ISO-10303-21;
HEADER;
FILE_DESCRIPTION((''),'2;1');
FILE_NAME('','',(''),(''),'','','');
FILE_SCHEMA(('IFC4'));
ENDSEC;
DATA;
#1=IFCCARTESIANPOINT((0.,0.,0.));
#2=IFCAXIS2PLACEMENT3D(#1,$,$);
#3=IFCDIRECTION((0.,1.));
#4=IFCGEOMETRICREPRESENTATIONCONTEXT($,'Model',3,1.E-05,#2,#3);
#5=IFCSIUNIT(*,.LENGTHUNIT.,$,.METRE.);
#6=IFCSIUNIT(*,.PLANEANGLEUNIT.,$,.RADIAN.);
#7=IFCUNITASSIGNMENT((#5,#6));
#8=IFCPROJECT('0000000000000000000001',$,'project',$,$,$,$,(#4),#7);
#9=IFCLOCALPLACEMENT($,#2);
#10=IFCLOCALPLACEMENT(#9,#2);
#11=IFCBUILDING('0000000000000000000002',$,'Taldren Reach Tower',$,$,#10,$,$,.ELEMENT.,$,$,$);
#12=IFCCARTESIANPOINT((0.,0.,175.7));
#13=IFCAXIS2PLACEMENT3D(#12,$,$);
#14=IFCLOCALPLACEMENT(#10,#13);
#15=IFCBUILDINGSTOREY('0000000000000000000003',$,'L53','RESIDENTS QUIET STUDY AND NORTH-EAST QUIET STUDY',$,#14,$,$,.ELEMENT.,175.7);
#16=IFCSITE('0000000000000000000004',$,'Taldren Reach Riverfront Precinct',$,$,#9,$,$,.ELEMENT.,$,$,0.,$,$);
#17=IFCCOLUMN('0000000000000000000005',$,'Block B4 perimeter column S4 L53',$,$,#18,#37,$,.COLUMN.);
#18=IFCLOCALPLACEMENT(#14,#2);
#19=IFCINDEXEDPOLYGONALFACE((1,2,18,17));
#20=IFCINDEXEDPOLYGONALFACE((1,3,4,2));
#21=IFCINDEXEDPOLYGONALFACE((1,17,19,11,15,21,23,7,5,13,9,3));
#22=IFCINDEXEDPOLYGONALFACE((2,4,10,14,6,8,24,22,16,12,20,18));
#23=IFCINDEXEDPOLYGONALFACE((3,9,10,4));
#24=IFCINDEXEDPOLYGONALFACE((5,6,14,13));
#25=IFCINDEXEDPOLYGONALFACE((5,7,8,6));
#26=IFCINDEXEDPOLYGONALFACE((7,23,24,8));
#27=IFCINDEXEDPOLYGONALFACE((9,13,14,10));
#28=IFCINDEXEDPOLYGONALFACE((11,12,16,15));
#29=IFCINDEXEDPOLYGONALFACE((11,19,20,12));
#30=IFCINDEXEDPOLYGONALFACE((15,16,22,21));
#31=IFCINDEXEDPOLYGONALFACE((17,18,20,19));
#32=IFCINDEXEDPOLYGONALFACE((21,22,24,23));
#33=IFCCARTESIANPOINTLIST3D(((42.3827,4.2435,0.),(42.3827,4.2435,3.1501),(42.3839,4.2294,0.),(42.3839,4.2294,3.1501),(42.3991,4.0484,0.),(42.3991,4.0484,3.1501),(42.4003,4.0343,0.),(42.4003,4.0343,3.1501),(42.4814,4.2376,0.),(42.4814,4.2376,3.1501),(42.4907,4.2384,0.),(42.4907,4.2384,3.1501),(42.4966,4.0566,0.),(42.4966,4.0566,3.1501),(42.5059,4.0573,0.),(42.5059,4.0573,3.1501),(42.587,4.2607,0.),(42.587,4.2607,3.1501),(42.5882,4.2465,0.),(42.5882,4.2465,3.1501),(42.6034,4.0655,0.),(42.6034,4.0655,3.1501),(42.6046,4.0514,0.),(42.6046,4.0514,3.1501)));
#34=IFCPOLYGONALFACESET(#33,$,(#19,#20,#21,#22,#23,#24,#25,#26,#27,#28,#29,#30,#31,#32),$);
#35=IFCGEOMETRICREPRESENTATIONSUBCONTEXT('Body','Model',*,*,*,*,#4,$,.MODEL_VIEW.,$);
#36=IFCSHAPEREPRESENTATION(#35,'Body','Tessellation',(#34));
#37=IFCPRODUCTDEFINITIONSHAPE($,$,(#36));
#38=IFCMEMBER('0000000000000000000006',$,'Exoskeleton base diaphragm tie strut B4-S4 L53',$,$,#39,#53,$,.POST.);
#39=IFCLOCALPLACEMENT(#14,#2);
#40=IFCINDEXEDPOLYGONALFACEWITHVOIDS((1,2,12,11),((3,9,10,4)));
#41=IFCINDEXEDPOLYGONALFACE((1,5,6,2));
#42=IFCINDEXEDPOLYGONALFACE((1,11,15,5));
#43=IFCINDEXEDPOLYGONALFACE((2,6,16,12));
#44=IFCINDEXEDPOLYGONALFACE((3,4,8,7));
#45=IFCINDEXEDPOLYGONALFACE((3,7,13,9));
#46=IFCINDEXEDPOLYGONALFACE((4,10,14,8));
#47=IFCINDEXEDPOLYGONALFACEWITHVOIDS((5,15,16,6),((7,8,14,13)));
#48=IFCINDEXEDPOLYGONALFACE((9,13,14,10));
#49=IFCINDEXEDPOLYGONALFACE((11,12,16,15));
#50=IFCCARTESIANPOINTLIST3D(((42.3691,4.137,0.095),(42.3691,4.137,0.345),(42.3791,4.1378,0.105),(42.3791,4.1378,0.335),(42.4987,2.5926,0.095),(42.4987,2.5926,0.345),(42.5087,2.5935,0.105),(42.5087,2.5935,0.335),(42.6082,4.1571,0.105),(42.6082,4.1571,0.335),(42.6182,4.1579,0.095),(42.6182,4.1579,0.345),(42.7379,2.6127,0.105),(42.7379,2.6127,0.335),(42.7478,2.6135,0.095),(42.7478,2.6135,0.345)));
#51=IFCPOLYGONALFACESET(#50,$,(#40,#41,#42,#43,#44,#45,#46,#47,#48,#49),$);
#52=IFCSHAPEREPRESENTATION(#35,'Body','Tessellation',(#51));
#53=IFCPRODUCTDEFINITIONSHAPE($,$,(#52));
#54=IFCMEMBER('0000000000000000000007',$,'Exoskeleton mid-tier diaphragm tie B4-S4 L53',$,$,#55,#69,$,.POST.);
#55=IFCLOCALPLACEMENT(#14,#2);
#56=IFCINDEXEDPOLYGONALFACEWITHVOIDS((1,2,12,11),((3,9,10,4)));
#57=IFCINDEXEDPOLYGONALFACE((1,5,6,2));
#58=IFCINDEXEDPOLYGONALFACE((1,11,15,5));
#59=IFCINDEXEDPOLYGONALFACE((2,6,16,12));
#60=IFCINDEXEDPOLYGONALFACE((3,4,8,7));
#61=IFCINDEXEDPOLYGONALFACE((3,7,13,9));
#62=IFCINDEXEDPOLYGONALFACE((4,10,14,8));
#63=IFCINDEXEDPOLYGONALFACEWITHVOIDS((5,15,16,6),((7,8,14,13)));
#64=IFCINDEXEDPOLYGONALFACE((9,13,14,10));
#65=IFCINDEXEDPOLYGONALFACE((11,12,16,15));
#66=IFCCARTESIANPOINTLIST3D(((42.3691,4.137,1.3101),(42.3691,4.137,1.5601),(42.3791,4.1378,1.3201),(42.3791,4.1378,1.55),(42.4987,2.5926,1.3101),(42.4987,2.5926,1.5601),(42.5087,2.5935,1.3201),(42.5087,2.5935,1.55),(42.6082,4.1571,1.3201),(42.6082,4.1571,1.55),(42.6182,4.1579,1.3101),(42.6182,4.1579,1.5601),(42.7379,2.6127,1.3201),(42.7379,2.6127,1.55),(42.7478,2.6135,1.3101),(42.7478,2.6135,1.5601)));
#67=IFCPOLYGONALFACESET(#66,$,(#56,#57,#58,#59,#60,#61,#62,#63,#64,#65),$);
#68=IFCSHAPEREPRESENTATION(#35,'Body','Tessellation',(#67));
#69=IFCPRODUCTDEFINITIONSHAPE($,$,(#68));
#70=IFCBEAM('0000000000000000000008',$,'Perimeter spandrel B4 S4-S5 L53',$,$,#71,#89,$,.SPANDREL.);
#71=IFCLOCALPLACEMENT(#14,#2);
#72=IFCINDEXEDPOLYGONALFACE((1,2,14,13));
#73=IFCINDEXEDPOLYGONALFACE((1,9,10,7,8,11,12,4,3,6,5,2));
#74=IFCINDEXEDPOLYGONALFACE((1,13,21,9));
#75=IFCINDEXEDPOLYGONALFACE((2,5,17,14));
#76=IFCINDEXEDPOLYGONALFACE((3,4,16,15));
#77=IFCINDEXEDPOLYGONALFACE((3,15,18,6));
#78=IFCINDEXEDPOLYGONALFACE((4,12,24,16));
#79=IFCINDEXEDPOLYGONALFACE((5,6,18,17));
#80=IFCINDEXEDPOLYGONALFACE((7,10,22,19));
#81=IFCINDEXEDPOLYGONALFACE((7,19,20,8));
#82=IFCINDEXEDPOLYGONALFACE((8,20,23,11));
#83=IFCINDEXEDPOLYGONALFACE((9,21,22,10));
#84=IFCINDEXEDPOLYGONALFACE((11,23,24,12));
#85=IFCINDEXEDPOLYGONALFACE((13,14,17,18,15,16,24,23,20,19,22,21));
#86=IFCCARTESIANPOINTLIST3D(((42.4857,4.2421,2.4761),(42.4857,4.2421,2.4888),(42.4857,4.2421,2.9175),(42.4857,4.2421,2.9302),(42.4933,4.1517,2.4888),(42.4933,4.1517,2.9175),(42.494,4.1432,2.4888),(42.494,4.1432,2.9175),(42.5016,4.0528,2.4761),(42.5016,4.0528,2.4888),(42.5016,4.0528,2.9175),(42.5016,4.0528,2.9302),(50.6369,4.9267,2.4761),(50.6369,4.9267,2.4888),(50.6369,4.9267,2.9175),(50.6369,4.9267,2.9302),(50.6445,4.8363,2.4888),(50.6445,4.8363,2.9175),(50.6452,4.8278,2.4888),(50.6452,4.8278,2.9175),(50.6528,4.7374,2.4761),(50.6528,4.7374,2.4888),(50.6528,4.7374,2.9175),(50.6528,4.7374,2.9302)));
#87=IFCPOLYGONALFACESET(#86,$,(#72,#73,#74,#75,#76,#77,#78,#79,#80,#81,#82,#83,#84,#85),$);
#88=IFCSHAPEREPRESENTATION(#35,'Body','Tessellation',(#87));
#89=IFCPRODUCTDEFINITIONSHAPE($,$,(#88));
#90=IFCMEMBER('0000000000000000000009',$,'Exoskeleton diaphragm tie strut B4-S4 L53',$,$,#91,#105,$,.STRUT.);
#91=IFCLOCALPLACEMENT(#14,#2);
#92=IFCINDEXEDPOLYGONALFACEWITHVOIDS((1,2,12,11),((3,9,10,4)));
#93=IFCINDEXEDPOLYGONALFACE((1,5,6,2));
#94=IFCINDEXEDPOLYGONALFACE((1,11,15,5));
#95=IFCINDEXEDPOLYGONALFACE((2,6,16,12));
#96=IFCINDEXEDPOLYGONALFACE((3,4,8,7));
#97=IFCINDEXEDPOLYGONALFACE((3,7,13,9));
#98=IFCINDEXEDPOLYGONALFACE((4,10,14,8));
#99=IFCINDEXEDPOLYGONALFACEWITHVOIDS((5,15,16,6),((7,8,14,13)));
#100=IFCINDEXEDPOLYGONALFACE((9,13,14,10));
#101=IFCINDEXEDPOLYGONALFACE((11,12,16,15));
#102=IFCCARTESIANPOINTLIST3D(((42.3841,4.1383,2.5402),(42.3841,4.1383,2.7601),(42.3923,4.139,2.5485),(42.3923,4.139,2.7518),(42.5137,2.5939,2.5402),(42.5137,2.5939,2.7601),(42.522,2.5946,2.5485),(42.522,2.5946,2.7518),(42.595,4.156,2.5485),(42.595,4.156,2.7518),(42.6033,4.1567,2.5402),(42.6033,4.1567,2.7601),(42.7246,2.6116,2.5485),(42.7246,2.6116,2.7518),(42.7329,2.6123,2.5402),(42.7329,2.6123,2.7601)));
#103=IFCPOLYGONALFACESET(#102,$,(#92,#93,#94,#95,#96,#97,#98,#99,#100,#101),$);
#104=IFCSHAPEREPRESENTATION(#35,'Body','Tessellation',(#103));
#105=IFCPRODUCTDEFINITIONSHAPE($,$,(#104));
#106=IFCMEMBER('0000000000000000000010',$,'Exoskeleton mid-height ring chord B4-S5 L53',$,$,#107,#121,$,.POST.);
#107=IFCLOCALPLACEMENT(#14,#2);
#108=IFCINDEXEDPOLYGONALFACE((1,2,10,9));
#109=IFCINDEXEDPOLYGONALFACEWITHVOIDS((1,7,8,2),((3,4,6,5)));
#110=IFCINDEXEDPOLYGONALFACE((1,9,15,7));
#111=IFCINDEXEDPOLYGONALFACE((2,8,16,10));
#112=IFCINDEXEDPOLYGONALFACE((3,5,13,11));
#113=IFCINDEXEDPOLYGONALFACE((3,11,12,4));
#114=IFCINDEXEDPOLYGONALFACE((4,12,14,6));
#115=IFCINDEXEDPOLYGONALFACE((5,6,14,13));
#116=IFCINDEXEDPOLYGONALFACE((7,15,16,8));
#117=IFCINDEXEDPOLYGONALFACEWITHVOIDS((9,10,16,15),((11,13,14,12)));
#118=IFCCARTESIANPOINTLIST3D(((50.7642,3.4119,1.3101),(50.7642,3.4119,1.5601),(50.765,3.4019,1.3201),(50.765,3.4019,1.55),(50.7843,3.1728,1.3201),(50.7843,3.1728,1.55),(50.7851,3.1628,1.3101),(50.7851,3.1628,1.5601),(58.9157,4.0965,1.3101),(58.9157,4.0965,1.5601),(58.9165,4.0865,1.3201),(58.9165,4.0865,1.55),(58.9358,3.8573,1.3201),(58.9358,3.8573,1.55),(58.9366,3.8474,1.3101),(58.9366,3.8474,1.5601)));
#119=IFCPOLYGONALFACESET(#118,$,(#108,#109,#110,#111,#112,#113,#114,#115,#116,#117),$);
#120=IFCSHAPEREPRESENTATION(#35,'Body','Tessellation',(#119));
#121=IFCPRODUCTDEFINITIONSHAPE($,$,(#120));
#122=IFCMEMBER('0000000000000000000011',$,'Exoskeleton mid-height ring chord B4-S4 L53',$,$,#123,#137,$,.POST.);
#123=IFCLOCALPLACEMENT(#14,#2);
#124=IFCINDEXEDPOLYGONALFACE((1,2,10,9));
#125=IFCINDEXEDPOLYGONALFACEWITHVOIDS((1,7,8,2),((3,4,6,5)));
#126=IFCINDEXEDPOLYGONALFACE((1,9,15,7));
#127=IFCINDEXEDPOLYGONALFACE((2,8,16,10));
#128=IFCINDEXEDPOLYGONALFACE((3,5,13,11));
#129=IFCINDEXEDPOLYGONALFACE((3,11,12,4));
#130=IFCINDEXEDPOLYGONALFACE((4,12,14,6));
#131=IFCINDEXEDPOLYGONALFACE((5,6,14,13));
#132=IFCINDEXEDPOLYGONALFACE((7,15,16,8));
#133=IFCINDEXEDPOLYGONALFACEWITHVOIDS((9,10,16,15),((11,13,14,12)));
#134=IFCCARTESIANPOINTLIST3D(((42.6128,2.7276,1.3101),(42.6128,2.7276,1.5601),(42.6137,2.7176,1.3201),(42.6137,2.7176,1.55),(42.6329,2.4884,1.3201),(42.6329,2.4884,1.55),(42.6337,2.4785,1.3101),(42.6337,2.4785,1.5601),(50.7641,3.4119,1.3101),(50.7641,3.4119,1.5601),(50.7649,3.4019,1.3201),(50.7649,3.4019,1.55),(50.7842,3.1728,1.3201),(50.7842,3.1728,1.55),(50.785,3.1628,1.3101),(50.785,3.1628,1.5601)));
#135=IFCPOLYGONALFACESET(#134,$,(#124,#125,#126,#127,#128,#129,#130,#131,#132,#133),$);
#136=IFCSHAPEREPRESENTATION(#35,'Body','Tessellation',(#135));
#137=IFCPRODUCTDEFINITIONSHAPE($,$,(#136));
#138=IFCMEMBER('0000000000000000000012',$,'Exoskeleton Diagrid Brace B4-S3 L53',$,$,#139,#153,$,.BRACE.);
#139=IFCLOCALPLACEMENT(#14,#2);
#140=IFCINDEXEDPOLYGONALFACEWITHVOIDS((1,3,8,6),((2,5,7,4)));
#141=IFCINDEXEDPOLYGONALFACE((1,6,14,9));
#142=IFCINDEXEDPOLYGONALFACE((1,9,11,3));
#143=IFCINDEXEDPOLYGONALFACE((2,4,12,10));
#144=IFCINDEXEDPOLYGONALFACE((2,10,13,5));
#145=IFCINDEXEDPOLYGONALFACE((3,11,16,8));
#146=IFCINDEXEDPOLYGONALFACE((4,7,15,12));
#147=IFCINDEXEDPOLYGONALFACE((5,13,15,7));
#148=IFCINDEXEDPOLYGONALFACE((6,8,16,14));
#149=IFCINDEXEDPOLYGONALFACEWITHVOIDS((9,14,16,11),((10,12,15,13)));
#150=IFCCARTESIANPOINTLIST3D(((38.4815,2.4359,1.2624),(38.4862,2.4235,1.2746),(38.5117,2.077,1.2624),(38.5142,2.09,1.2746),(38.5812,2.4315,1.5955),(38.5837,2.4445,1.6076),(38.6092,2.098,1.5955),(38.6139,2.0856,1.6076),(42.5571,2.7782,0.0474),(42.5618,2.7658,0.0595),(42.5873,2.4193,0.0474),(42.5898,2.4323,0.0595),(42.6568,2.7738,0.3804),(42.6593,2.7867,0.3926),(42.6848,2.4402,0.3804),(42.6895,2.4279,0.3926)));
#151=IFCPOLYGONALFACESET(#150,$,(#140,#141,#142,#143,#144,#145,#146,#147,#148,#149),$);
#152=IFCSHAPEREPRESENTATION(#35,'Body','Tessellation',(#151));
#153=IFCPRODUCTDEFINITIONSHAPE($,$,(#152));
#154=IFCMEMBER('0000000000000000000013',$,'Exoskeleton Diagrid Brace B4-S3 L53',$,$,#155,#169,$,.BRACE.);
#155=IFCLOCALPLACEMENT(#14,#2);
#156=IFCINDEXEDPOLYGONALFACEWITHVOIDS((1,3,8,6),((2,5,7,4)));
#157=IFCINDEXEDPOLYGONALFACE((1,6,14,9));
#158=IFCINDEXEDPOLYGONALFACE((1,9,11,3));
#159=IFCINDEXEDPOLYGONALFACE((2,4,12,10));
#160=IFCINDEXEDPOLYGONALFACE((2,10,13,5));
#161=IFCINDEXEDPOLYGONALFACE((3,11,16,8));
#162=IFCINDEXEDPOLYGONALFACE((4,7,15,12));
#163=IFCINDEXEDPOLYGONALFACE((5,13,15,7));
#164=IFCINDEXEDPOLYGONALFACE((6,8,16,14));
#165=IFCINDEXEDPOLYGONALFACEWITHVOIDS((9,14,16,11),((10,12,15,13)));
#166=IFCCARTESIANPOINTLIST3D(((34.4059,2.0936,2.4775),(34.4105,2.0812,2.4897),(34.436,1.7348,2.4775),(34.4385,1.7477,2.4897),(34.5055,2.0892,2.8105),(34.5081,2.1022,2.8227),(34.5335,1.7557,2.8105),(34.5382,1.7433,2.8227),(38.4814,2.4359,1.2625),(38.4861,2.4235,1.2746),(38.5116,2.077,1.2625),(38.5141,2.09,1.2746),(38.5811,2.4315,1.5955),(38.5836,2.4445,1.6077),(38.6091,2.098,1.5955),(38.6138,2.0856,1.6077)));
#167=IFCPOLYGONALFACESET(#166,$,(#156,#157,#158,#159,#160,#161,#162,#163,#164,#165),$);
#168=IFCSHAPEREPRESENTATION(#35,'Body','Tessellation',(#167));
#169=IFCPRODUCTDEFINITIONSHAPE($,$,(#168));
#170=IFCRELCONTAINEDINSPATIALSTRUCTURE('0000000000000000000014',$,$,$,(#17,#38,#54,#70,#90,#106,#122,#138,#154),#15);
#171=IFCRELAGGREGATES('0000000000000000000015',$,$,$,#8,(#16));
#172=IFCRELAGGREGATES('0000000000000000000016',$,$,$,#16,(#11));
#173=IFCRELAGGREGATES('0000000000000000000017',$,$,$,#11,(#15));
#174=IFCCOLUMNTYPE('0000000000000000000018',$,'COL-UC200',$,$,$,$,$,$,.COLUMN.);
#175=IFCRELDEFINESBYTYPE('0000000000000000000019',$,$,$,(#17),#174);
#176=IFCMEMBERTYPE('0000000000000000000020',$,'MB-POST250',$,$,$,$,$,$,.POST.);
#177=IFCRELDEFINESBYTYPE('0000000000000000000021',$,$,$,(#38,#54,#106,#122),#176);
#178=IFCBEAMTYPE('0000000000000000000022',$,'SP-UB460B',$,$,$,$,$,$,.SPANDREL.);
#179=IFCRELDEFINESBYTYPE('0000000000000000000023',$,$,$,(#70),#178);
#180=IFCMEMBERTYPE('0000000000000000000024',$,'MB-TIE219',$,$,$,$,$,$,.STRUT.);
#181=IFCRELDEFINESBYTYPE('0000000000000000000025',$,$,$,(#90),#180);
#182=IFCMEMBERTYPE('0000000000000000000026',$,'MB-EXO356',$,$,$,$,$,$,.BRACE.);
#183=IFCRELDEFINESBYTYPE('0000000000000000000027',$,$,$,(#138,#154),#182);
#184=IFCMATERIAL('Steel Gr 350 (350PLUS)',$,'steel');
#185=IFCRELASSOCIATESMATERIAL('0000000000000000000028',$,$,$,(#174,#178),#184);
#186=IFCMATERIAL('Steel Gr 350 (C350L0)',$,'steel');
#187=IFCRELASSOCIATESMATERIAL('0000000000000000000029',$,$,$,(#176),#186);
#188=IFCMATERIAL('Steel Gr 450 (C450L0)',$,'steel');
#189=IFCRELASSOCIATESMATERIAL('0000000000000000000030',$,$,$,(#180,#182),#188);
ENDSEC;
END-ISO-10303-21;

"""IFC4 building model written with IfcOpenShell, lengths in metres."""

from ifc_helpers import new_model, si_unit, direction, frame, origin, origin_2d, place, context, subcontext, project, spatial, hollow_rectangle, i_section, extrude, source, transform, mapped, material, material_profile, profile_set, type_object, element, save


model = new_model("IFC4")

# Units and contexts
model_context = context("Model", 3, precision=1e-05, world=origin(), true_north=direction((0.0, 1.0)))
body_context = subcontext(model_context, "Body", "Model", "MODEL_VIEW")
ifc_project = project(units=[si_unit("LENGTHUNIT", "METRE"), si_unit("PLANEANGLEUNIT", "RADIAN")], contexts=[model_context])

# Site, building, storey
site_placement = place(None, origin())
site = spatial("IfcSite", under=ifc_project, at=site_placement, Name="Taldren Reach Riverfront Precinct", CompositionType="ELEMENT", RefElevation=0.0)
building_placement = place(site_placement, origin())
building = spatial("IfcBuilding", under=site, at=building_placement, Name="Taldren Reach Tower", CompositionType="ELEMENT")
storey_placement = place(building_placement, frame((0.0, 0.0, 175.7)))
storey = spatial("IfcBuildingStorey", under=building, at=storey_placement, Name="L53", Description="RESIDENTS QUIET STUDY AND NORTH-EAST QUIET STUDY", CompositionType="ELEMENT", Elevation=175.7)

# Column
ifc_material_1 = material(Name="Steel Gr 350 (350PLUS)", Category="steel")
ifc_material_profile_1 = material_profile(ifc_material_1, i_section(OverallWidth=0.2051, OverallDepth=0.21, WebThickness=0.0093, FlangeThickness=0.0142, at=origin_2d()), Name="200UC59.5")
ifc_profile_set_1 = profile_set([ifc_material_profile_1], Name="Steel Gr 350 (350PLUS)")
column_type = type_object("IfcColumnType", Name="COL-UC200", PredefinedType="COLUMN", material=ifc_profile_set_1)
shared_shape_1 = source(origin(), body_context, "Body", "SweptSolid", [
    extrude(i_section(OverallWidth=0.2051, OverallDepth=0.21, WebThickness=0.0093, FlangeThickness=0.0142, at=origin_2d()), origin(), (0.0, 0.0, 1.0), 3.1501),
])
column_placement = place(storey_placement, frame((42.4937, 4.1475, 0.0), z_axis=(0.0, 0.0, 1.0), x_axis=(0.996493, 0.083678, 0.0)))
element("IfcColumn", 1, at=column_placement, inside=storey, type_object=column_type, Name="Block B4 perimeter column S4 L53", PredefinedType="COLUMN", context=body_context, shape_type="MappedRepresentation", body=[
    mapped(shared_shape_1, transform((0.0, 0.0, 0.0), scale=1.0)),
])

# Members
ifc_material_2 = material(Name="Steel Gr 350 (C350L0)", Category="steel")
ifc_material_profile_2 = material_profile(ifc_material_2, hollow_rectangle(XDim=0.25, YDim=0.25, WallThickness=0.01, at=origin_2d()), Name="250x250x10.0SHS")
ifc_profile_set_2 = profile_set([ifc_material_profile_2], Name="Steel Gr 350 (C350L0)")
member_type_1 = type_object("IfcMemberType", Name="MB-POST250", PredefinedType="POST", material=ifc_profile_set_2)
shared_shape_2 = source(origin(), body_context, "Body", "SweptSolid", [
    extrude(hollow_rectangle(XDim=0.25, YDim=0.25, WallThickness=0.01, at=origin_2d()), origin(), (0.0, 0.0, 1.0), 1.5498),
])
for number, where, z_axis, x_axis, name in (
    (2, (42.4937, 4.1475, 0.22), (0.083645, -0.996496, 0.0), (0.996496, 0.083645, 0.0), "Exoskeleton base diaphragm tie strut B4-S4 L53"),
    (3, (42.4937, 4.1475, 1.4351), (0.083645, -0.996496, 0.0), (0.996496, 0.083645, 0.0), "Exoskeleton mid-tier diaphragm tie B4-S4 L53"),
):
    element("IfcMember", number, at=place(storey_placement, frame(where, z_axis=z_axis, x_axis=x_axis)), inside=storey, type_object=member_type_1, Name=name, PredefinedType="POST", context=body_context, shape_type="MappedRepresentation", body=[
        mapped(shared_shape_2, transform((0.0, 0.0, 0.0), scale=1.0)),
    ])

# Beam
ifc_material_profile_3 = material_profile(ifc_material_1, i_section(OverallWidth=0.1899, OverallDepth=0.4541, WebThickness=0.0085, FlangeThickness=0.0127, at=origin_2d()), Name="460UB67.1")
ifc_profile_set_3 = profile_set([ifc_material_profile_3], Name="Steel Gr 350 (350PLUS)")
beam_type = type_object("IfcBeamType", Name="SP-UB460B", PredefinedType="SPANDREL", material=ifc_profile_set_3)
shared_shape_3 = source(origin(), body_context, "Body", "SweptSolid", [
    extrude(i_section(OverallWidth=0.1899, OverallDepth=0.4541, WebThickness=0.0085, FlangeThickness=0.0127, at=origin_2d()), origin(), (0.0, 0.0, 1.0), 8.1799),
])
beam_placement = place(storey_placement, frame((42.4937, 4.1475, 2.7031), z_axis=(0.996492, 0.08369, 0.0), x_axis=(-0.08369, 0.996492, 0.0)))
element("IfcBeam", 4, at=beam_placement, inside=storey, type_object=beam_type, Name="Perimeter spandrel B4 S4-S5 L53", PredefinedType="SPANDREL", context=body_context, shape_type="MappedRepresentation", body=[
    mapped(shared_shape_3, transform((0.0, 0.0, 0.0), scale=1.0)),
])

# Members
ifc_material_3 = material(Name="Steel Gr 450 (C450L0)", Category="steel")
ifc_material_profile_4 = material_profile(ifc_material_3, hollow_rectangle(XDim=0.22, YDim=0.22, WallThickness=0.0083, at=origin_2d()), Name="220x220x8.2SHS")
ifc_profile_set_4 = profile_set([ifc_material_profile_4], Name="Steel Gr 450 (C450L0)")
member_type_2 = type_object("IfcMemberType", Name="MB-TIE219", PredefinedType="STRUT", material=ifc_profile_set_4)
shared_shape_4 = source(origin(), body_context, "Body", "SweptSolid", [
    extrude(hollow_rectangle(XDim=0.22, YDim=0.22, WallThickness=0.0083, at=origin_2d()), origin(), (0.0, 0.0, 1.0), 1.5498),
])
member_1_placement = place(storey_placement, frame((42.4937, 4.1475, 2.6501), z_axis=(0.083645, -0.996496, 0.0), x_axis=(0.996496, 0.083645, 0.0)))
element("IfcMember", 5, at=member_1_placement, inside=storey, type_object=member_type_2, Name="Exoskeleton diaphragm tie strut B4-S4 L53", PredefinedType="STRUT", context=body_context, shape_type="MappedRepresentation", body=[
    mapped(shared_shape_4, transform((0.0, 0.0, 0.0), scale=1.0)),
])
shared_shape_5 = source(origin(), body_context, "Body", "SweptSolid", [
    extrude(hollow_rectangle(XDim=0.25, YDim=0.25, WallThickness=0.01, at=origin_2d()), origin(), (0.0, 0.0, 1.0), 8.1802),
])
member_2_placement = place(storey_placement, frame((50.7747, 3.2874, 1.4351), z_axis=(0.996492, 0.083688, 0.0), x_axis=(-0.083688, 0.996492, 0.0)))
element("IfcMember", 6, at=member_2_placement, inside=storey, type_object=member_type_1, Name="Exoskeleton mid-height ring chord B4-S5 L53", PredefinedType="POST", context=body_context, shape_type="MappedRepresentation", body=[
    mapped(shared_shape_5, transform((0.0, 0.0, 0.0), scale=1.0)),
])
shared_shape_6 = source(origin(), body_context, "Body", "SweptSolid", [
    extrude(hollow_rectangle(XDim=0.25, YDim=0.25, WallThickness=0.01, at=origin_2d()), origin(), (0.0, 0.0, 1.0), 8.1799),
])
member_3_placement = place(storey_placement, frame((42.6233, 2.603, 1.4351), z_axis=(0.996495, 0.083658, 0.0), x_axis=(-0.083658, 0.996495, 0.0)))
element("IfcMember", 7, at=member_3_placement, inside=storey, type_object=member_type_1, Name="Exoskeleton mid-height ring chord B4-S4 L53", PredefinedType="POST", context=body_context, shape_type="MappedRepresentation", body=[
    mapped(shared_shape_6, transform((0.0, 0.0, 0.0), scale=1.0)),
])
ifc_material_profile_5 = material_profile(ifc_material_3, hollow_rectangle(XDim=0.3601, YDim=0.3601, WallThickness=0.0127, at=origin_2d()), Name="360x360x12.7SHS")
ifc_profile_set_5 = profile_set([ifc_material_profile_5], Name="Steel Gr 450 (C450L0)")
member_type_3 = type_object("IfcMemberType", Name="MB-EXO356", PredefinedType="BRACE", material=ifc_profile_set_5)
shared_shape_7 = source(origin(), body_context, "Body", "SweptSolid", [
    extrude(hollow_rectangle(XDim=0.3601, YDim=0.3601, WallThickness=0.0127, at=origin_2d()), origin(), (0.0, 0.0, 1.0), 4.2666),
])
for number, where, z_axis, x_axis, name in (
    (8, (42.6233, 2.603, 0.22), (-0.955229, -0.080222, 0.284783), (0.083688, -0.996492, 0.0), "Exoskeleton Diagrid Brace B4-S3 L53"),
    (9, (38.5476, 2.2607, 1.4351), (-0.955229, -0.080222, 0.284783), (0.083688, -0.996492, 0.0), "Exoskeleton Diagrid Brace B4-S3 L53"),
):
    element("IfcMember", number, at=place(storey_placement, frame(where, z_axis=z_axis, x_axis=x_axis)), inside=storey, type_object=member_type_3, Name=name, PredefinedType="BRACE", context=body_context, shape_type="MappedRepresentation", body=[
        mapped(shared_shape_7, transform((0.0, 0.0, 0.0), scale=1.0)),
    ])

save(model, "model.ifc")
